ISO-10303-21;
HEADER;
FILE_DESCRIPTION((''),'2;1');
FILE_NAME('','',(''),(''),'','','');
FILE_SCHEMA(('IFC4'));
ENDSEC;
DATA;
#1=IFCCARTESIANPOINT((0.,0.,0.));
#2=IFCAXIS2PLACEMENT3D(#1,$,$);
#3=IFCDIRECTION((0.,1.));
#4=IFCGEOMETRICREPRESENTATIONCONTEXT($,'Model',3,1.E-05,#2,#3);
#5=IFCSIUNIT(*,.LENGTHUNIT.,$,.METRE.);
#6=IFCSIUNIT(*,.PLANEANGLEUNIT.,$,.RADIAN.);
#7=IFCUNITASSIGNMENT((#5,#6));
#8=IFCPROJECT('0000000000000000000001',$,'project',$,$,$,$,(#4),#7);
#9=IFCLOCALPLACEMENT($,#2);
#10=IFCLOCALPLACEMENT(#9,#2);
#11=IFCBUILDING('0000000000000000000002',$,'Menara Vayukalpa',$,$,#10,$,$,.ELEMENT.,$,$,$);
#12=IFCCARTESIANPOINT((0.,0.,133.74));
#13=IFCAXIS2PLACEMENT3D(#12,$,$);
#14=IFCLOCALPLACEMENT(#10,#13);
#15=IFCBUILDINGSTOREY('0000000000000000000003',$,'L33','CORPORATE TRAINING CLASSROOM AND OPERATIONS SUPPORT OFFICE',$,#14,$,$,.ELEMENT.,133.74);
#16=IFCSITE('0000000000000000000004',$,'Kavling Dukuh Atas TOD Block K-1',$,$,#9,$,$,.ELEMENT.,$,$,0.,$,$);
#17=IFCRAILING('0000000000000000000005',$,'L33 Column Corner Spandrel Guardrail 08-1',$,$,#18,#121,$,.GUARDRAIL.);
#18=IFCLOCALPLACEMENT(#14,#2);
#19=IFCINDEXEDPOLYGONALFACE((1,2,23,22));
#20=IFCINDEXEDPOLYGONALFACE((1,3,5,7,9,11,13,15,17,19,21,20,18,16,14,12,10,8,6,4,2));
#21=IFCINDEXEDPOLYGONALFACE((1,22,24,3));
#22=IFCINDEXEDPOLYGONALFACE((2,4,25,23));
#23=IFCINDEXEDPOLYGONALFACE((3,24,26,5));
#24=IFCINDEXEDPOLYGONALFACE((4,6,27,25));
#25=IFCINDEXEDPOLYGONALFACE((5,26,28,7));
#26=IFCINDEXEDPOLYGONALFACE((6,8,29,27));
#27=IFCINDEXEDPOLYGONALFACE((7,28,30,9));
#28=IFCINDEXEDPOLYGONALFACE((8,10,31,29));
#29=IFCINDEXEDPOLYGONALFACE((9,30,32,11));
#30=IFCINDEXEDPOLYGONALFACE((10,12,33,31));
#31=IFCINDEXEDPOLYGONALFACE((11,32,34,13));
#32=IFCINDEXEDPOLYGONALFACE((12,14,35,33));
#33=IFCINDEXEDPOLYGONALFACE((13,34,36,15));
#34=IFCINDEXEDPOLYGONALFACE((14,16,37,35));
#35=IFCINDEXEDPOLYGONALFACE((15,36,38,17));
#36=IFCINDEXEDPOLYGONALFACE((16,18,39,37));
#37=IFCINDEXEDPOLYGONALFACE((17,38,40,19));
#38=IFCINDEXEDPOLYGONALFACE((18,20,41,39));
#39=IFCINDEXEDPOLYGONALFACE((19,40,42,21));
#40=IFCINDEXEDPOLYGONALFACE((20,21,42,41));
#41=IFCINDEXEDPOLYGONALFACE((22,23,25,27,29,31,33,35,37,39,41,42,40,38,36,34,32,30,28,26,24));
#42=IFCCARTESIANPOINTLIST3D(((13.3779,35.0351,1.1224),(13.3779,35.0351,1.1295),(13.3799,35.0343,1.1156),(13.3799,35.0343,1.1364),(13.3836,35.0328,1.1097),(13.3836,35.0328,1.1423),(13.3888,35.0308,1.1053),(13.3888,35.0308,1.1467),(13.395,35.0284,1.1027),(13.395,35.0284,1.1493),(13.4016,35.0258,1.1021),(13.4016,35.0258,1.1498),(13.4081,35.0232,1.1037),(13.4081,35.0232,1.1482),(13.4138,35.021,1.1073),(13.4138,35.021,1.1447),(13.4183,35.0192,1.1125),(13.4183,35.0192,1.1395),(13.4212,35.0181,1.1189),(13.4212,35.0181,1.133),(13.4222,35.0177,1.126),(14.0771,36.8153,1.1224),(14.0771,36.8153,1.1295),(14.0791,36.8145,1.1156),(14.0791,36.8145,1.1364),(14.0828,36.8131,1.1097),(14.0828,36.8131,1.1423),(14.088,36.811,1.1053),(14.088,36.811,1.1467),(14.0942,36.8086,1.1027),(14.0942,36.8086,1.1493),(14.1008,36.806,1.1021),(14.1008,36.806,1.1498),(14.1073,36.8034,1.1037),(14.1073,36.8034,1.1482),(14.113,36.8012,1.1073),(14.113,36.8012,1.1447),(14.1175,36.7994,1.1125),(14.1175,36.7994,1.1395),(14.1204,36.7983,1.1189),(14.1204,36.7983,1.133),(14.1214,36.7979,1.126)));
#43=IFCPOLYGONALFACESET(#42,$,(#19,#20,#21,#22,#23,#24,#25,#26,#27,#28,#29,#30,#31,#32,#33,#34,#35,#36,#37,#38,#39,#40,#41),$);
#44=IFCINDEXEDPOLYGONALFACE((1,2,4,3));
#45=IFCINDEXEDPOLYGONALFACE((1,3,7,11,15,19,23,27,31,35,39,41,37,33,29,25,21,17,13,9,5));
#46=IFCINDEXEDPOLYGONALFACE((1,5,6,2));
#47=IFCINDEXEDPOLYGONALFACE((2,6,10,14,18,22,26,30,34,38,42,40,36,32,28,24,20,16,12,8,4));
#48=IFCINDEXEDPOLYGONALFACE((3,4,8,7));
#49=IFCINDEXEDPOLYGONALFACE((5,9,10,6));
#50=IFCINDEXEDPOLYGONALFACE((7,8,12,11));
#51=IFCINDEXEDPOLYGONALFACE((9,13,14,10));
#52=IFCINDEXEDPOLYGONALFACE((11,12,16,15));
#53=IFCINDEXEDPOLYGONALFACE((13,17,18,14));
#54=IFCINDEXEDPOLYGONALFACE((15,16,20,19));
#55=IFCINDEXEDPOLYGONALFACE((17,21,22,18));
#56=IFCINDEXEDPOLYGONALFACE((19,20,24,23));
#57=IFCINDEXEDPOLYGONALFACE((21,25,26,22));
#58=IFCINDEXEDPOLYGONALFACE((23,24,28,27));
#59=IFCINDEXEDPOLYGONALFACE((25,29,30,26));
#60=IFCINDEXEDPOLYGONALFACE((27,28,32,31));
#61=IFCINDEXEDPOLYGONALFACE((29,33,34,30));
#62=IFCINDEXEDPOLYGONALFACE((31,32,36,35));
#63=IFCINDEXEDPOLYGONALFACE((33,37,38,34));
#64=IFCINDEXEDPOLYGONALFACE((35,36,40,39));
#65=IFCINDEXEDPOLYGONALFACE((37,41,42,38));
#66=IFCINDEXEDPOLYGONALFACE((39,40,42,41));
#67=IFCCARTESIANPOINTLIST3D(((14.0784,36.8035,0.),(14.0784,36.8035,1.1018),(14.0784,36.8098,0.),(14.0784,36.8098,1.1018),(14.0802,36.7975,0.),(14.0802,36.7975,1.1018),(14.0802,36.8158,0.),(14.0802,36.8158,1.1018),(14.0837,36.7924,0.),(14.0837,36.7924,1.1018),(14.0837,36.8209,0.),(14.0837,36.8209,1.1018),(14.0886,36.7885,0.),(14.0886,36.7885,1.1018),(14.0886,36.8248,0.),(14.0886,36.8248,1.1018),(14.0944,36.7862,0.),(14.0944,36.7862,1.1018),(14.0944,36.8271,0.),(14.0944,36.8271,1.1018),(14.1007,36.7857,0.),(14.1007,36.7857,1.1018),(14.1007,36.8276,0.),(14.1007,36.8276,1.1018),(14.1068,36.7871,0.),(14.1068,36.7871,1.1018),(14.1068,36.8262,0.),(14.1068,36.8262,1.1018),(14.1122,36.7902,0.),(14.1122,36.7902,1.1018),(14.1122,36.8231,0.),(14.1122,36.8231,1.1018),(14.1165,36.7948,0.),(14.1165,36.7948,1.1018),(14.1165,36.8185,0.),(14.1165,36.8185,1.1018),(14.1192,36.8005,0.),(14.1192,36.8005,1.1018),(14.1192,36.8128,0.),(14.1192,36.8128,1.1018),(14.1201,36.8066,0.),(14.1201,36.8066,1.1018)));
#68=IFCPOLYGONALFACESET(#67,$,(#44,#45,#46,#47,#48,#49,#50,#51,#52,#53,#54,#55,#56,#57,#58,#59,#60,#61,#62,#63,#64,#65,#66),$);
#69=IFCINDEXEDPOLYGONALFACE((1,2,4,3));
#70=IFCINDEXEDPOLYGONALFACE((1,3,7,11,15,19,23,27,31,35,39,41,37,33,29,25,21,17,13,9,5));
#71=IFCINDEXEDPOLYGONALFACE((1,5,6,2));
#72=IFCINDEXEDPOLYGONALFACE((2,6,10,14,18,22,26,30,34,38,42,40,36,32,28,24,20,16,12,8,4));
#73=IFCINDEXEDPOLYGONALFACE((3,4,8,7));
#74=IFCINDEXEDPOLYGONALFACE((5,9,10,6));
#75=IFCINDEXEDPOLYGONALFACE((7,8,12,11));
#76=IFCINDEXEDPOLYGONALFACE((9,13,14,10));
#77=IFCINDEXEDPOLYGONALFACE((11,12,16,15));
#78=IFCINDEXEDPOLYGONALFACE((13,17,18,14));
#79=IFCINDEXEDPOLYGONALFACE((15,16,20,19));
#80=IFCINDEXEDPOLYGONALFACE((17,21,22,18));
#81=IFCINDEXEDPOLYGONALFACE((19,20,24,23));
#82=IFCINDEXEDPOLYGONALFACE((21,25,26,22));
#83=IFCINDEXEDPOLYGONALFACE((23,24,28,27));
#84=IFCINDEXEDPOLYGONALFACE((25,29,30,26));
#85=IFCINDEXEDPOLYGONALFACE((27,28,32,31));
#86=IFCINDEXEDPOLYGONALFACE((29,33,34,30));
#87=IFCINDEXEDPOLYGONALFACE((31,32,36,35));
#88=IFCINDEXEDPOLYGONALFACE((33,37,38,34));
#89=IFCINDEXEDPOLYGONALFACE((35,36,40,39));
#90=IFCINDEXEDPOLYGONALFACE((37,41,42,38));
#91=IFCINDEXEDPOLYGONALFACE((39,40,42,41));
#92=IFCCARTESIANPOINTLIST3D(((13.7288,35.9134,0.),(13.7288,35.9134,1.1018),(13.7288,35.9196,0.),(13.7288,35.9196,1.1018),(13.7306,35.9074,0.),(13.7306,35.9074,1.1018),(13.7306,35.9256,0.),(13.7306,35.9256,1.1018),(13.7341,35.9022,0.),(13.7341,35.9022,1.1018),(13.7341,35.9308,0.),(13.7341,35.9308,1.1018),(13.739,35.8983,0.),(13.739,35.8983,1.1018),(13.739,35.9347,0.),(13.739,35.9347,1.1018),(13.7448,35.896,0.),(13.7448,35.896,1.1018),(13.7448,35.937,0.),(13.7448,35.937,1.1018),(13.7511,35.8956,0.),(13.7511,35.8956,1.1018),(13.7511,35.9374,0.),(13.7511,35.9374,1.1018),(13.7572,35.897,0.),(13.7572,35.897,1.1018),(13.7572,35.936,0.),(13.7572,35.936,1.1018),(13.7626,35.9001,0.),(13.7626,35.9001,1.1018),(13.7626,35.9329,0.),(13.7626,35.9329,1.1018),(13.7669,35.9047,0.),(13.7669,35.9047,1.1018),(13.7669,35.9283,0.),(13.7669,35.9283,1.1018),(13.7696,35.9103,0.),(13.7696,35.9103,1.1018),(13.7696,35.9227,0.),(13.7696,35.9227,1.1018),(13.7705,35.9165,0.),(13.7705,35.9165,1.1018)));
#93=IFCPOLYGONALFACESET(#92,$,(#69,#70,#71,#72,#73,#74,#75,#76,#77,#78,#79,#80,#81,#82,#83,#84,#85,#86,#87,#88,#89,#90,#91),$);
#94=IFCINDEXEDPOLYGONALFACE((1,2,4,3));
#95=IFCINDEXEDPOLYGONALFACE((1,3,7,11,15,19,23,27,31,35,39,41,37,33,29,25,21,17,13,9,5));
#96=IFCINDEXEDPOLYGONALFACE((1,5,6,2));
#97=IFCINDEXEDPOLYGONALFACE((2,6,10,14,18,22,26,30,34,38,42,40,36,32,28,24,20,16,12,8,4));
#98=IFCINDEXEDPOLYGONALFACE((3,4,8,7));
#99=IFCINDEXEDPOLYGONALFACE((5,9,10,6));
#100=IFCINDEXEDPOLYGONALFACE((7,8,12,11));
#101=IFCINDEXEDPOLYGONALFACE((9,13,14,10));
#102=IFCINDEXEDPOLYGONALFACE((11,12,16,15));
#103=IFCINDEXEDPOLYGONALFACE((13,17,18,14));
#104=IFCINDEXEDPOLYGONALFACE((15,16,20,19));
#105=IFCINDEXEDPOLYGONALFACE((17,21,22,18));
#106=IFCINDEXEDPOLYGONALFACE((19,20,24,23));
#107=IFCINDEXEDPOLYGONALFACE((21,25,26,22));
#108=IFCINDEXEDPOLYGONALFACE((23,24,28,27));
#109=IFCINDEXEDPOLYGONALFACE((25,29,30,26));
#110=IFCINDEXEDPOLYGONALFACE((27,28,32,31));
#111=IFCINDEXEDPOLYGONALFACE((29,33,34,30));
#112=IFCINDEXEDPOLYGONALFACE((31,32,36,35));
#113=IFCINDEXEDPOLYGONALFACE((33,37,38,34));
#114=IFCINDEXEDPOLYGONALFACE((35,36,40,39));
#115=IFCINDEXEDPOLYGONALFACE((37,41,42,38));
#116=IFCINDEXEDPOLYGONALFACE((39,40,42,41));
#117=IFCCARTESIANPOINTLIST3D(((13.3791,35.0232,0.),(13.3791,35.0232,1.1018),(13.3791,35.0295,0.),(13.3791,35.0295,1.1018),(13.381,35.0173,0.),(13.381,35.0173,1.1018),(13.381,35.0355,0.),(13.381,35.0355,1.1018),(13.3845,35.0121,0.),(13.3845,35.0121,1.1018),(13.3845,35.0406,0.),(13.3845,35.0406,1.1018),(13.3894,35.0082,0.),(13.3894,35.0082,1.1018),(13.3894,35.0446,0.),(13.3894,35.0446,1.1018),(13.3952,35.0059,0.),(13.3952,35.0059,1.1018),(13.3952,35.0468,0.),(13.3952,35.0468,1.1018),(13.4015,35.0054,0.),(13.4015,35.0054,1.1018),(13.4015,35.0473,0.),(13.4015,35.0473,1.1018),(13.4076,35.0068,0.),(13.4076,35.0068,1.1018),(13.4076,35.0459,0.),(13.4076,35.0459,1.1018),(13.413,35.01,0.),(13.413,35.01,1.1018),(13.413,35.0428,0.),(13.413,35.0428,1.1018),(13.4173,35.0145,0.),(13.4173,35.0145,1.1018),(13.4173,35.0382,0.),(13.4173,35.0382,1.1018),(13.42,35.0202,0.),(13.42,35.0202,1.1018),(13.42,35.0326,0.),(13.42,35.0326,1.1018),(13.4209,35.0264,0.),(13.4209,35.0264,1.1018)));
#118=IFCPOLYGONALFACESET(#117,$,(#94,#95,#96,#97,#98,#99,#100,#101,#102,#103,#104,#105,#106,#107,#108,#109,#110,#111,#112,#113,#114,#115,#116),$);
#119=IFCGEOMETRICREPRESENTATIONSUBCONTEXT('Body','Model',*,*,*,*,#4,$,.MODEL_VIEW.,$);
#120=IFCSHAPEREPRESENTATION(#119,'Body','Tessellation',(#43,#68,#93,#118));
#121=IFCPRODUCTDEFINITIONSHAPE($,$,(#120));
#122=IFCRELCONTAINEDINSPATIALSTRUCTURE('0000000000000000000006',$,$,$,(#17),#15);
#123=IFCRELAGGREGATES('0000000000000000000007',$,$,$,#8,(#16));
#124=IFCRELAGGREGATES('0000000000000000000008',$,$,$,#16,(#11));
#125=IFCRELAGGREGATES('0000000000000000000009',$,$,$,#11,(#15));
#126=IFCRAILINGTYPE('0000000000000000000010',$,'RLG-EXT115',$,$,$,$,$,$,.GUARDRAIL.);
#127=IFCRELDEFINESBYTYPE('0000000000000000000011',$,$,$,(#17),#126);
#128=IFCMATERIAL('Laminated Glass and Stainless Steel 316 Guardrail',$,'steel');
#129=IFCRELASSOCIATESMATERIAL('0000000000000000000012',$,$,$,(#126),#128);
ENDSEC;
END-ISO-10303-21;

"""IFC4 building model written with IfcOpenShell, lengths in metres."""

from ifc_helpers import new_model, si_unit, direction, frame, origin, origin_2d, place, context, subcontext, project, spatial, circle, extrude, material, type_object, element, save


model = new_model("IFC4")

# Units and contexts
model_context = context("Model", 3, precision=1e-05, world=origin(), true_north=direction((0.0, 1.0)))
body_context = subcontext(model_context, "Body", "Model", "MODEL_VIEW")
ifc_project = project(units=[si_unit("LENGTHUNIT", "METRE"), si_unit("PLANEANGLEUNIT", "RADIAN")], contexts=[model_context])

# Site, building, storey
site_placement = place(None, origin())
site = spatial("IfcSite", under=ifc_project, at=site_placement, Name="Kavling Dukuh Atas TOD Block K-1", CompositionType="ELEMENT", RefElevation=0.0)
building_placement = place(site_placement, origin())
building = spatial("IfcBuilding", under=site, at=building_placement, Name="Menara Vayukalpa", CompositionType="ELEMENT")
storey_placement = place(building_placement, frame((0.0, 0.0, 133.74)))
storey = spatial("IfcBuildingStorey", under=building, at=storey_placement, Name="L33", Description="CORPORATE TRAINING CLASSROOM AND OPERATIONS SUPPORT OFFICE", CompositionType="ELEMENT", Elevation=133.74)

# Railing
ifc_material_1 = material(Name="Laminated Glass and Stainless Steel 316 Guardrail", Category="steel")
railing_type = type_object("IfcRailingType", Name="RLG-EXT115", PredefinedType="GUARDRAIL", material=ifc_material_1)
railing_1_placement = place(storey_placement, frame((14.0991, 36.8066, 0.0)))
element("IfcRailing", 1, at=railing_1_placement, inside=storey, type_object=railing_type, Name="L33 Column Corner Spandrel Guardrail 08-1", PredefinedType="GUARDRAIL", context=body_context, shape_type="SweptSolid", body=[
    extrude(circle(Radius=0.0239, at=origin_2d()), frame((0.0, 0.0, 1.126), z_axis=(-0.365573, -0.930783, 0.0), x_axis=(0.930783, -0.365573, 0.0)), (0.0, 0.0, 1.0), 1.9126),
    extrude(circle(Radius=0.021, at=origin_2d()), origin(), (0.0, 0.0, 1.0), 1.1018),
    extrude(circle(Radius=0.021, at=origin_2d()), frame((-0.3496, -0.8901, 0.0)), (0.0, 0.0, 1.0), 1.1018),
    extrude(circle(Radius=0.021, at=origin_2d()), frame((-0.6992, -1.7803, 0.0)), (0.0, 0.0, 1.0), 1.1018),
])

save(model, "model.ifc")
